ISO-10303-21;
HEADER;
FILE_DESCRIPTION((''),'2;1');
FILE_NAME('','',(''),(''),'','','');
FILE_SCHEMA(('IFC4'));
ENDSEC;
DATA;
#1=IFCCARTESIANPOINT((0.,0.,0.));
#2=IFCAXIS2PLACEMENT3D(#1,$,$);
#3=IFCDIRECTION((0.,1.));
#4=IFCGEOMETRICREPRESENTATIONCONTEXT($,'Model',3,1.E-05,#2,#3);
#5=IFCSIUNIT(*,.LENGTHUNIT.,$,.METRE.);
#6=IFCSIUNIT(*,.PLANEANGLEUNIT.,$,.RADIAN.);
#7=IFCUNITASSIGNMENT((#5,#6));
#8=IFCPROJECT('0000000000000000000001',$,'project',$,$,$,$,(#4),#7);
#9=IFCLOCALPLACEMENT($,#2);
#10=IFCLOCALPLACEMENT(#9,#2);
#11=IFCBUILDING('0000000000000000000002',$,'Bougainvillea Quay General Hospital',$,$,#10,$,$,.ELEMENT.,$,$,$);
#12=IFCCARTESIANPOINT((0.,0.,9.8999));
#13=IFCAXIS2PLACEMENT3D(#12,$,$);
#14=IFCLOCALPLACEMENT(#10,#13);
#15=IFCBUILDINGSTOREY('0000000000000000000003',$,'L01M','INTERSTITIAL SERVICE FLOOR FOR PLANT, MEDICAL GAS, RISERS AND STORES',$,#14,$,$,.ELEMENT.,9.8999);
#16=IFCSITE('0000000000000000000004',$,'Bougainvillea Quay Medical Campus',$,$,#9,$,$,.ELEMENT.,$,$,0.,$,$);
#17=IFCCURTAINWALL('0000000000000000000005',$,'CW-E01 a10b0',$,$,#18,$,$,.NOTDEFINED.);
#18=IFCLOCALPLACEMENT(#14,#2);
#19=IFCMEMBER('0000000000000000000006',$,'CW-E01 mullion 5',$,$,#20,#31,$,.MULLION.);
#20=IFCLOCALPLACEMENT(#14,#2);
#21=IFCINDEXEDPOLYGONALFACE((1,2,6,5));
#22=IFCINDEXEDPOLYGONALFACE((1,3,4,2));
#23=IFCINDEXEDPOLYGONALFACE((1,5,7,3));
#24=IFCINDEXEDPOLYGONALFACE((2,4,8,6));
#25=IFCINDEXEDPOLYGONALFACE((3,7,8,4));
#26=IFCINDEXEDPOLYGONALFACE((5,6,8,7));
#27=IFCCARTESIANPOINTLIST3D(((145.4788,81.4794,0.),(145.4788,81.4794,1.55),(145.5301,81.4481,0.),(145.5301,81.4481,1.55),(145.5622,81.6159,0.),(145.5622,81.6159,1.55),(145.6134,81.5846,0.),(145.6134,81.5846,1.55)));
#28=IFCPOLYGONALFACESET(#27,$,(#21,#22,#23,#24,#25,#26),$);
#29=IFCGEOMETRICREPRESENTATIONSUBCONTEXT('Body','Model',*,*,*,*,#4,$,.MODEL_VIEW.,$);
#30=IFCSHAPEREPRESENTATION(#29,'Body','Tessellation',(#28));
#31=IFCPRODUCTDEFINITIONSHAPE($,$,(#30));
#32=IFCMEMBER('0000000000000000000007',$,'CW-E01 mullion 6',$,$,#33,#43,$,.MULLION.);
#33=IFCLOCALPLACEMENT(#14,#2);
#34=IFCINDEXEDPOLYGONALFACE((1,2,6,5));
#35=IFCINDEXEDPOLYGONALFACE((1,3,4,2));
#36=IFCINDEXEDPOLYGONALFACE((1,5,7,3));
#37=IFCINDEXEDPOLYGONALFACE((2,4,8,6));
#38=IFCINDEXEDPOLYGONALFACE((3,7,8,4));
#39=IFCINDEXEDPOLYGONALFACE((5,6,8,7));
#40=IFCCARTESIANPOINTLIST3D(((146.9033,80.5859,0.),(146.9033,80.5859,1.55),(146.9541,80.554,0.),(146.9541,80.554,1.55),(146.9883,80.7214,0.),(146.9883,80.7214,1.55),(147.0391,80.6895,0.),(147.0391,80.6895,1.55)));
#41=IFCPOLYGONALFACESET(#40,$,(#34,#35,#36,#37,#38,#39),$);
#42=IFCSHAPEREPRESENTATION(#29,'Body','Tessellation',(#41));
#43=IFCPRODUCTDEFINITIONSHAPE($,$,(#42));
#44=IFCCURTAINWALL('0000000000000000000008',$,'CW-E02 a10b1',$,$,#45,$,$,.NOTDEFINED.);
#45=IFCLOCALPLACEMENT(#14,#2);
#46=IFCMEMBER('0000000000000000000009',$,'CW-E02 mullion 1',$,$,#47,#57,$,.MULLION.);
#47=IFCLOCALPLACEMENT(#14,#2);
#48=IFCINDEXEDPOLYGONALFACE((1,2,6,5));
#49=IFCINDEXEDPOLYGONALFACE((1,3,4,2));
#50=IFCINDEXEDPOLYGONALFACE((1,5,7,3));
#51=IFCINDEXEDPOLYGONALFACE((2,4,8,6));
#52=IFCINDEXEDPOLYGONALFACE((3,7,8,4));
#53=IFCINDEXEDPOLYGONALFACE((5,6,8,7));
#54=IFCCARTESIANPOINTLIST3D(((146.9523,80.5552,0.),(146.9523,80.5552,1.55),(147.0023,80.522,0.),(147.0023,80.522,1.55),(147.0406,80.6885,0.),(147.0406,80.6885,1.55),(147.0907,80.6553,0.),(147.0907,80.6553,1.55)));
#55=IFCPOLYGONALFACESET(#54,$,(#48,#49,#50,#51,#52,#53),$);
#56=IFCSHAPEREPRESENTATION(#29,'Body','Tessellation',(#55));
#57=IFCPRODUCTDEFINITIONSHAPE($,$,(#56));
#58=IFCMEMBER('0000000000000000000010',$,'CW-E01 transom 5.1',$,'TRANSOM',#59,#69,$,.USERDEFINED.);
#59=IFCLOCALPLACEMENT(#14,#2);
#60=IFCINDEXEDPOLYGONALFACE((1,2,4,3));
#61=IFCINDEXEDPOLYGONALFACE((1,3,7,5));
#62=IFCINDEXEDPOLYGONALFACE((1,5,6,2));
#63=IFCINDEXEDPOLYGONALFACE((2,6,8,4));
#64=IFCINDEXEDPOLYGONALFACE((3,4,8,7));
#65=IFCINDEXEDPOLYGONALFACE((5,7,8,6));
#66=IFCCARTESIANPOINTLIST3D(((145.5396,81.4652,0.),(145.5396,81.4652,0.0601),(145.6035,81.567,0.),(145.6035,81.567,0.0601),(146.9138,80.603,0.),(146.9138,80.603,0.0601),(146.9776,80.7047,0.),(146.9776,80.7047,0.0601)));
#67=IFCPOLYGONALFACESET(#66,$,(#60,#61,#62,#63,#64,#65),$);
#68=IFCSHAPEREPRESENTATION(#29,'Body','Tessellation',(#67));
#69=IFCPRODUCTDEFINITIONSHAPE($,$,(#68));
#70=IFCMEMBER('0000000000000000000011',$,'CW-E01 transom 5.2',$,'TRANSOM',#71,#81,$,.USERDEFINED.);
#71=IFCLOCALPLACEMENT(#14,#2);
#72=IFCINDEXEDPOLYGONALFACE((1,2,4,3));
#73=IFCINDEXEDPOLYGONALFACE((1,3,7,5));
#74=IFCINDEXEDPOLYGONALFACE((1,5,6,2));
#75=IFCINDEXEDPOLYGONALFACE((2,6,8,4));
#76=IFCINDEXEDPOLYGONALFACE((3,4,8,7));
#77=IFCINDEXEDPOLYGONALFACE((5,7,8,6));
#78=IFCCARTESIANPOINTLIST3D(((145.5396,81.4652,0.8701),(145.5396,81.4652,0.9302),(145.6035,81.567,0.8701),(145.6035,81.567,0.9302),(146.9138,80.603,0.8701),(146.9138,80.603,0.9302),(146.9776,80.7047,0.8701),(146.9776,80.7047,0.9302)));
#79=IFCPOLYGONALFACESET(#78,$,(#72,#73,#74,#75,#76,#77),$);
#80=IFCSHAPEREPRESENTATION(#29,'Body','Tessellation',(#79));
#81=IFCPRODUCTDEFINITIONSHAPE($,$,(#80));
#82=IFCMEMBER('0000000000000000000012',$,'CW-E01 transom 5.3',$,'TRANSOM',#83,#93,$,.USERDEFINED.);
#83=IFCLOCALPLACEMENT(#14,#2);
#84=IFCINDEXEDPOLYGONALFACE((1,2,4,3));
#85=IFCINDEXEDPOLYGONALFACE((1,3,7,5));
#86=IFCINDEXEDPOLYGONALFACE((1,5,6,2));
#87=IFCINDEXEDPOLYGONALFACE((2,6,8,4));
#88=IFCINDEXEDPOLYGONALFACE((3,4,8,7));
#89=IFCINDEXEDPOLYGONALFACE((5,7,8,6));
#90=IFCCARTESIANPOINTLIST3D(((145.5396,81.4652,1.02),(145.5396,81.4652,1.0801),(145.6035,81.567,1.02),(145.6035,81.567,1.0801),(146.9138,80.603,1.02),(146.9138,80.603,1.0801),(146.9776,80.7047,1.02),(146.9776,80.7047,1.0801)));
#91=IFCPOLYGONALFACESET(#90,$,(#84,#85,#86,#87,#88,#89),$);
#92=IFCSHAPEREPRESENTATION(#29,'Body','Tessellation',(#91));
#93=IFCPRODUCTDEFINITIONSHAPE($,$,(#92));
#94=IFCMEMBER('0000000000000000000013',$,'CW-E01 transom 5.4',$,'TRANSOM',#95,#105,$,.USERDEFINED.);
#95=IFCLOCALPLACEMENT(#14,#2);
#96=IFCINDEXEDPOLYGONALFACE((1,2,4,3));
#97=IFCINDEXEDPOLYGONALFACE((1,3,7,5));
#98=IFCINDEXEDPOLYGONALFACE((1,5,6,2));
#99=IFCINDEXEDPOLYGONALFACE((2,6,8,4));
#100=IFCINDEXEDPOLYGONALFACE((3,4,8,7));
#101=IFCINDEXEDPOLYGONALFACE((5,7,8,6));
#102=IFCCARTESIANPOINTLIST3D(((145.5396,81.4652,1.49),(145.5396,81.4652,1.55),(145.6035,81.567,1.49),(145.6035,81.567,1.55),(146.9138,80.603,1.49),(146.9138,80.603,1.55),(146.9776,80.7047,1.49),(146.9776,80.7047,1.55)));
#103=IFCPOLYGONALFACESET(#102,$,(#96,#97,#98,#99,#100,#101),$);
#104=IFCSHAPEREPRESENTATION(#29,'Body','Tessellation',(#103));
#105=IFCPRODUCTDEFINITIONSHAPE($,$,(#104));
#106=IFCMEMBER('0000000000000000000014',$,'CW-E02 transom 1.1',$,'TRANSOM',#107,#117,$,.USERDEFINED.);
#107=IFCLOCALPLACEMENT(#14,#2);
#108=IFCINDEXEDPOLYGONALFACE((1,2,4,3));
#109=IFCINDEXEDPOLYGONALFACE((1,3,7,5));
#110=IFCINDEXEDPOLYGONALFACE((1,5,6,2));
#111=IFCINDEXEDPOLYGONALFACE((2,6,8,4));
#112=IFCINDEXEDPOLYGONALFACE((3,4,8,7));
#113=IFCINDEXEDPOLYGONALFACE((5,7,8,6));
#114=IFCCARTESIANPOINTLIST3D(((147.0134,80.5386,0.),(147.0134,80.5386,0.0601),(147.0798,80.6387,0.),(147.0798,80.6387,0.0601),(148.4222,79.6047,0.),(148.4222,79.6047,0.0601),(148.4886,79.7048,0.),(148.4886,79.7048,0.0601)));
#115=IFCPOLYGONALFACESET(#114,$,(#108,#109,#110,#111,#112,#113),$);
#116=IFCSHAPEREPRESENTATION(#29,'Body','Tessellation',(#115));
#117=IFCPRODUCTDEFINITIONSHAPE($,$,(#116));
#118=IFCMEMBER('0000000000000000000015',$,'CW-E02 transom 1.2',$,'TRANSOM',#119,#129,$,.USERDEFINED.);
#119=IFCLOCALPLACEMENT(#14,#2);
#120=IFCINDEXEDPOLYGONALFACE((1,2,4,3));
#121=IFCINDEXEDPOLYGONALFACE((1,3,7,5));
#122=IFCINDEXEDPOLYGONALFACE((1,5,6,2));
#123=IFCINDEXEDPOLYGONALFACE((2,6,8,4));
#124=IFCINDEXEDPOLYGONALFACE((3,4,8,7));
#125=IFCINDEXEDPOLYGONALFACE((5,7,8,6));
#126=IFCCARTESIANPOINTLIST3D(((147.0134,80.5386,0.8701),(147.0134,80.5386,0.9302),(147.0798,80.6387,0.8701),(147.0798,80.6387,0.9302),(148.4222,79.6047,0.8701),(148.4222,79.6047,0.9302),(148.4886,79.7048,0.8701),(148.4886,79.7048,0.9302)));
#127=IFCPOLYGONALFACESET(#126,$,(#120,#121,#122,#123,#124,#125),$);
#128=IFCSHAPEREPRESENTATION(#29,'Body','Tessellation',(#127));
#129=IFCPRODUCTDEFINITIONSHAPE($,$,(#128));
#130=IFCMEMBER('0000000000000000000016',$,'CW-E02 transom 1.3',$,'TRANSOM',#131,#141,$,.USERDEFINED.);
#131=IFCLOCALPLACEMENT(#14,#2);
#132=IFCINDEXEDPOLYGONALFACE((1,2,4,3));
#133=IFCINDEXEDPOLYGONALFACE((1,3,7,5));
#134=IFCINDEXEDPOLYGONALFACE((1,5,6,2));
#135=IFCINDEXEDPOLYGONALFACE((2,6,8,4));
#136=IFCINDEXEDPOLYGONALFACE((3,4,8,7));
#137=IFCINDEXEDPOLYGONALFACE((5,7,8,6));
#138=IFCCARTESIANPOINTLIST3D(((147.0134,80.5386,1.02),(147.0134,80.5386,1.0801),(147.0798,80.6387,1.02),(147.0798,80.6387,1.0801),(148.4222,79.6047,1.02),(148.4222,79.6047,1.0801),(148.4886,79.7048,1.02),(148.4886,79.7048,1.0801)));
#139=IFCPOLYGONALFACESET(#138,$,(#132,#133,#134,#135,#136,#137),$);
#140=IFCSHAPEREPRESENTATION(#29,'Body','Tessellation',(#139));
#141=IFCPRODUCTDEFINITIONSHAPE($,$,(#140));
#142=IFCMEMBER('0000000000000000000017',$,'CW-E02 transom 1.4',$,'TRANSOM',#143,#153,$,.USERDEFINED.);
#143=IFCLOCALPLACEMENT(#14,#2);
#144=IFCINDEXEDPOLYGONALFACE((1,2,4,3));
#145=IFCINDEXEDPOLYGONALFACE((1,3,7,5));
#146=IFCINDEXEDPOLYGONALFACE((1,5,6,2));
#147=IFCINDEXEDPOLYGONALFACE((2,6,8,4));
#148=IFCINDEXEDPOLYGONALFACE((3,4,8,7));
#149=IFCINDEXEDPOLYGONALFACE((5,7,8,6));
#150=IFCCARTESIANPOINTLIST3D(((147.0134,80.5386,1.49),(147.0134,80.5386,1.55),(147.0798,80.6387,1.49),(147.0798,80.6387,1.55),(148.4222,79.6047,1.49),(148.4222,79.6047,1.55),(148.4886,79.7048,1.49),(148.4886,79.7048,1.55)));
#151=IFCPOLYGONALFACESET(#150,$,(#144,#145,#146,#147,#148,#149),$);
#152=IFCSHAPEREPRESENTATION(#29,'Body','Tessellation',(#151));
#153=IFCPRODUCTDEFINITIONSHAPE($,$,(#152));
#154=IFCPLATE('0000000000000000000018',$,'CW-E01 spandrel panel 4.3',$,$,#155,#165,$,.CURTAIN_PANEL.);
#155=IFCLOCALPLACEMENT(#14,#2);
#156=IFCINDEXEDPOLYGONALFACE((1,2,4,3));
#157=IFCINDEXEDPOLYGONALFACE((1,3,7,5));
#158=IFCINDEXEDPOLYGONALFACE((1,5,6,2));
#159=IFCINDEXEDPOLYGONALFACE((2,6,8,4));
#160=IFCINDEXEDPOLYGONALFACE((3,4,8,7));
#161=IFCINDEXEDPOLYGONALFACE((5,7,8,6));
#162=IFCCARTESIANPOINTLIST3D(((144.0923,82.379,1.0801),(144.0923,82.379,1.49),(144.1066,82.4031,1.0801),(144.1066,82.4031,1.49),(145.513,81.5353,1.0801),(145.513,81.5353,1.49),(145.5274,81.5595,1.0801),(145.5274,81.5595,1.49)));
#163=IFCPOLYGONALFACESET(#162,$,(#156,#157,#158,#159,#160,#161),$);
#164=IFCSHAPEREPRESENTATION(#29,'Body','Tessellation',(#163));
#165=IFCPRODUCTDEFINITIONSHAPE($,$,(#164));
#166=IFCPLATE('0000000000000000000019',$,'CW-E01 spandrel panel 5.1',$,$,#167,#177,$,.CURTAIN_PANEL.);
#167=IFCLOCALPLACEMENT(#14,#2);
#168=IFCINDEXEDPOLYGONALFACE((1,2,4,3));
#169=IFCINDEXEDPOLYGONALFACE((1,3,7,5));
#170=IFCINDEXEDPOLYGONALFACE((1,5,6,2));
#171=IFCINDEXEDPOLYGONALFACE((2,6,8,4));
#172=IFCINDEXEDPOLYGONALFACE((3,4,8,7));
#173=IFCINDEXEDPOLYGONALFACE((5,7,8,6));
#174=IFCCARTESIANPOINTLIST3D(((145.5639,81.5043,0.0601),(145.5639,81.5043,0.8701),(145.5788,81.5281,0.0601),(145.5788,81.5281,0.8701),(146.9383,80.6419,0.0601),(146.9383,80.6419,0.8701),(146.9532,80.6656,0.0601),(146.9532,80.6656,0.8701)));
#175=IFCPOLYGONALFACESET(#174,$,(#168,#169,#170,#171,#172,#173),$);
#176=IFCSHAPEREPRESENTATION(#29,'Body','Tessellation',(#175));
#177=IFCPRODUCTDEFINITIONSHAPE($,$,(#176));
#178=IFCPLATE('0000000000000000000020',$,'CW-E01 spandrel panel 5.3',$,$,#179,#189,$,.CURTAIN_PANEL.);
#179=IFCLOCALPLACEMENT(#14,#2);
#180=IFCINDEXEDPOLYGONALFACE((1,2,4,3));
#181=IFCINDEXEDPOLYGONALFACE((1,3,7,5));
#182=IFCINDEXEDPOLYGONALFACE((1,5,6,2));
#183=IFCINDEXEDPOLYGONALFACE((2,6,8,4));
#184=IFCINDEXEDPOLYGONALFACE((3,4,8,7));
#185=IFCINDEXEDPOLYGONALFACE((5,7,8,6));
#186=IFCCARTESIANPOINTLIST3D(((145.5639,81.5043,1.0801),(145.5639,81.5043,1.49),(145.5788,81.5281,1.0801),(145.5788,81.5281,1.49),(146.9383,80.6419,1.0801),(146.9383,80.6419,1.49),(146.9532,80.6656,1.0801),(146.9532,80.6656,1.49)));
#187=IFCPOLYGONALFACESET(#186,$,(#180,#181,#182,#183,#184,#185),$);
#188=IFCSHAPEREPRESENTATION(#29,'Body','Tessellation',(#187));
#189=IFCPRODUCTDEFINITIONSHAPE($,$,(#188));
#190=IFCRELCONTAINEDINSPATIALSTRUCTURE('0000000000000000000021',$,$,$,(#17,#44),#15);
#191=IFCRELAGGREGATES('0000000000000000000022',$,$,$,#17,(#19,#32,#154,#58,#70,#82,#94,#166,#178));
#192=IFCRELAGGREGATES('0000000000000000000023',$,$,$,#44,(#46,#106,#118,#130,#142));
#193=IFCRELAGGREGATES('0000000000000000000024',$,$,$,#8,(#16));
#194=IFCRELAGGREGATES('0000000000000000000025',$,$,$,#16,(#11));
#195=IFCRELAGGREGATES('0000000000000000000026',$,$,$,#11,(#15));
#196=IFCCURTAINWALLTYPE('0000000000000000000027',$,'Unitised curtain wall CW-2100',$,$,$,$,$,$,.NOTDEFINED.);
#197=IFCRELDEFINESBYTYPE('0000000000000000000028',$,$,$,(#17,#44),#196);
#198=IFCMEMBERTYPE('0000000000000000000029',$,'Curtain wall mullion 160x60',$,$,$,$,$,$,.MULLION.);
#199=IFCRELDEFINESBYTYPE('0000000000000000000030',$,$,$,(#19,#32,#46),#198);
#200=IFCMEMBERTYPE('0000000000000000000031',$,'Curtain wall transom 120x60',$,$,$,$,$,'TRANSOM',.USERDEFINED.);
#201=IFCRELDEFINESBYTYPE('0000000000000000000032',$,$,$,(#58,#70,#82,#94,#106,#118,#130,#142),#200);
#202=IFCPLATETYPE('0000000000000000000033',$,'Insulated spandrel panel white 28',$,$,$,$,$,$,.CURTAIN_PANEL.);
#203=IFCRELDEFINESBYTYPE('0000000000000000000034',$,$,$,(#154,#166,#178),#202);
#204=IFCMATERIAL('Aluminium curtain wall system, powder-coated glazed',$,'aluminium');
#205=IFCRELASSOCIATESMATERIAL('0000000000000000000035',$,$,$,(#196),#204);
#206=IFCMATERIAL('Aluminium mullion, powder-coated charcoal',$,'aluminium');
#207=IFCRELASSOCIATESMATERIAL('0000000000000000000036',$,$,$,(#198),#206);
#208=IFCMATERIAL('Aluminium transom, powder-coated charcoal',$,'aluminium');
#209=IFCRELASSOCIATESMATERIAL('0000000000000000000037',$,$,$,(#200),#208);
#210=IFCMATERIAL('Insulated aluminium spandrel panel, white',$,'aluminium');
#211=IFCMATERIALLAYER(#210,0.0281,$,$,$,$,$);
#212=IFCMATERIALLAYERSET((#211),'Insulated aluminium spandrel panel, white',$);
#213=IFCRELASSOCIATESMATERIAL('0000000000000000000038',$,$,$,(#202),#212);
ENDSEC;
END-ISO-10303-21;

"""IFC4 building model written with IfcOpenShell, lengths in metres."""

from ifc_helpers import new_model, si_unit, direction, frame, origin, origin_2d, place, context, subcontext, project, spatial, rectangle, extrude, material, layer, layer_set, material_profile, profile_set, type_object, element, aggregate, save


model = new_model("IFC4")

# Units and contexts
model_context = context("Model", 3, precision=1e-05, world=origin(), true_north=direction((0.0, 1.0)))
body_context = subcontext(model_context, "Body", "Model", "MODEL_VIEW")
ifc_project = project(units=[si_unit("LENGTHUNIT", "METRE"), si_unit("PLANEANGLEUNIT", "RADIAN")], contexts=[model_context])

# Site, building, storey
site_placement = place(None, origin())
site = spatial("IfcSite", under=ifc_project, at=site_placement, Name="Bougainvillea Quay Medical Campus", CompositionType="ELEMENT", RefElevation=0.0)
building_placement = place(site_placement, origin())
building = spatial("IfcBuilding", under=site, at=building_placement, Name="Bougainvillea Quay General Hospital", CompositionType="ELEMENT")
storey_placement = place(building_placement, frame((0.0, 0.0, 9.8999)))
storey = spatial("IfcBuildingStorey", under=building, at=storey_placement, Name="L01M", Description="INTERSTITIAL SERVICE FLOOR FOR PLANT, MEDICAL GAS, RISERS AND STORES", CompositionType="ELEMENT", Elevation=9.8999)

# Curtain wall, members
ifc_material_1 = material(Name="Aluminium curtain wall system, powder-coated glazed", Category="aluminium")
curtain_wall_type = type_object("IfcCurtainWallType", Name="Unitised curtain wall CW-2100", PredefinedType="NOTDEFINED", material=ifc_material_1)
curtain_wall_1_placement = place(storey_placement, origin())
curtain_wall_1 = element("IfcCurtainWall", 1, at=curtain_wall_1_placement, inside=storey, type_object=curtain_wall_type, Name="CW-E01 a10b0", PredefinedType="NOTDEFINED")
ifc_material_2 = material(Name="Aluminium mullion, powder-coated charcoal", Category="aluminium")
ifc_material_profile_1 = material_profile(ifc_material_2, rectangle(XDim=0.1599, YDim=0.0601, at=origin_2d()))
ifc_profile_set_1 = profile_set([ifc_material_profile_1], Name="Aluminium mullion, powder-coated charcoal")
member_type_1 = type_object("IfcMemberType", Name="Curtain wall mullion 160x60", PredefinedType="MULLION", material=ifc_profile_set_1)
member_1_placement = place(storey_placement, frame((145.5461, 81.532, 0.0), z_axis=(0.0, 0.0, 1.0), x_axis=(0.521088, 0.853503, 0.0)))
member_1 = element("IfcMember", 2, at=member_1_placement, type_object=member_type_1, Name="CW-E01 mullion 5", PredefinedType="MULLION", context=body_context, shape_type="SweptSolid", body=[
    extrude(rectangle(XDim=0.1599, YDim=0.0601, at=origin_2d()), origin(), (0.0, 0.0, 1.0), 1.55),
])
member_2_placement = place(storey_placement, frame((146.9712, 80.6377, 0.0), z_axis=(0.0, 0.0, 1.0), x_axis=(0.531526, 0.847042, 0.0)))
member_2 = element("IfcMember", 3, at=member_2_placement, type_object=member_type_1, Name="CW-E01 mullion 6", PredefinedType="MULLION", context=body_context, shape_type="SweptSolid", body=[
    extrude(rectangle(XDim=0.1599, YDim=0.0601, at=origin_2d()), origin(), (0.0, 0.0, 1.0), 1.55),
])

# Curtain wall, member
curtain_wall_2_placement = place(storey_placement, origin())
curtain_wall_2 = element("IfcCurtainWall", 4, at=curtain_wall_2_placement, inside=storey, type_object=curtain_wall_type, Name="CW-E02 a10b1", PredefinedType="NOTDEFINED")
member_3_placement = place(storey_placement, frame((147.0215, 80.6052, 0.0), z_axis=(0.0, 0.0, 1.0), x_axis=(0.552566, 0.833469, 0.0)))
member_3 = element("IfcMember", 5, at=member_3_placement, type_object=member_type_1, Name="CW-E02 mullion 1", PredefinedType="MULLION", context=body_context, shape_type="SweptSolid", body=[
    extrude(rectangle(XDim=0.1599, YDim=0.0601, at=origin_2d()), origin(), (0.0, 0.0, 1.0), 1.55),
])

# Members
ifc_material_3 = material(Name="Aluminium transom, powder-coated charcoal", Category="aluminium")
ifc_material_profile_2 = material_profile(ifc_material_3, rectangle(XDim=0.1201, YDim=0.0601, at=origin_2d()))
ifc_profile_set_2 = profile_set([ifc_material_profile_2], Name="Aluminium transom, powder-coated charcoal")
member_type_2 = type_object("IfcMemberType", Name="Curtain wall transom 120x60", ElementType="TRANSOM", PredefinedType="USERDEFINED", material=ifc_profile_set_2)
member_4_placement = place(storey_placement, frame((145.5715, 81.5161, 0.03), z_axis=(0.847059, -0.5315, 0.0), x_axis=(0.5315, 0.847059, 0.0)))
member_4 = element("IfcMember", 6, at=member_4_placement, type_object=member_type_2, Name="CW-E01 transom 5.1", ObjectType="TRANSOM", PredefinedType="USERDEFINED", context=body_context, shape_type="SweptSolid", body=[
    extrude(rectangle(XDim=0.1201, YDim=0.0601, at=origin_2d()), origin(), (0.0, 0.0, 1.0), 1.6223),
])
member_5_placement = place(storey_placement, frame((145.5715, 81.5161, 0.9001), z_axis=(0.847059, -0.5315, 0.0), x_axis=(0.5315, 0.847059, 0.0)))
member_5 = element("IfcMember", 7, at=member_5_placement, type_object=member_type_2, Name="CW-E01 transom 5.2", ObjectType="TRANSOM", PredefinedType="USERDEFINED", context=body_context, shape_type="SweptSolid", body=[
    extrude(rectangle(XDim=0.1201, YDim=0.0601, at=origin_2d()), origin(), (0.0, 0.0, 1.0), 1.6223),
])
member_6_placement = place(storey_placement, frame((145.5715, 81.5161, 1.05), z_axis=(0.847059, -0.5315, 0.0), x_axis=(0.5315, 0.847059, 0.0)))
member_6 = element("IfcMember", 8, at=member_6_placement, type_object=member_type_2, Name="CW-E01 transom 5.3", ObjectType="TRANSOM", PredefinedType="USERDEFINED", context=body_context, shape_type="SweptSolid", body=[
    extrude(rectangle(XDim=0.1201, YDim=0.0601, at=origin_2d()), origin(), (0.0, 0.0, 1.0), 1.6223),
])
member_7_placement = place(storey_placement, frame((145.5715, 81.5161, 1.52), z_axis=(0.847059, -0.5315, 0.0), x_axis=(0.5315, 0.847059, 0.0)))
member_7 = element("IfcMember", 9, at=member_7_placement, type_object=member_type_2, Name="CW-E01 transom 5.4", ObjectType="TRANSOM", PredefinedType="USERDEFINED", context=body_context, shape_type="SweptSolid", body=[
    extrude(rectangle(XDim=0.1201, YDim=0.0601, at=origin_2d()), origin(), (0.0, 0.0, 1.0), 1.6223),
])
member_8_placement = place(storey_placement, frame((147.0466, 80.5886, 0.03), z_axis=(0.833492, -0.552532, 0.0), x_axis=(0.552532, 0.833492, 0.0)))
member_8 = element("IfcMember", 10, at=member_8_placement, type_object=member_type_2, Name="CW-E02 transom 1.1", ObjectType="TRANSOM", PredefinedType="USERDEFINED", context=body_context, shape_type="SweptSolid", body=[
    extrude(rectangle(XDim=0.1201, YDim=0.0601, at=origin_2d()), origin(), (0.0, 0.0, 1.0), 1.6902),
])
member_9_placement = place(storey_placement, frame((147.0466, 80.5886, 0.9001), z_axis=(0.833492, -0.552532, 0.0), x_axis=(0.552532, 0.833492, 0.0)))
member_9 = element("IfcMember", 11, at=member_9_placement, type_object=member_type_2, Name="CW-E02 transom 1.2", ObjectType="TRANSOM", PredefinedType="USERDEFINED", context=body_context, shape_type="SweptSolid", body=[
    extrude(rectangle(XDim=0.1201, YDim=0.0601, at=origin_2d()), origin(), (0.0, 0.0, 1.0), 1.6902),
])
member_10_placement = place(storey_placement, frame((147.0466, 80.5886, 1.05), z_axis=(0.833492, -0.552532, 0.0), x_axis=(0.552532, 0.833492, 0.0)))
member_10 = element("IfcMember", 12, at=member_10_placement, type_object=member_type_2, Name="CW-E02 transom 1.3", ObjectType="TRANSOM", PredefinedType="USERDEFINED", context=body_context, shape_type="SweptSolid", body=[
    extrude(rectangle(XDim=0.1201, YDim=0.0601, at=origin_2d()), origin(), (0.0, 0.0, 1.0), 1.6902),
])
member_11_placement = place(storey_placement, frame((147.0466, 80.5886, 1.52), z_axis=(0.833492, -0.552532, 0.0), x_axis=(0.552532, 0.833492, 0.0)))
member_11 = element("IfcMember", 13, at=member_11_placement, type_object=member_type_2, Name="CW-E02 transom 1.4", ObjectType="TRANSOM", PredefinedType="USERDEFINED", context=body_context, shape_type="SweptSolid", body=[
    extrude(rectangle(XDim=0.1201, YDim=0.0601, at=origin_2d()), origin(), (0.0, 0.0, 1.0), 1.6902),
])

# Plates
ifc_material_4 = material(Name="Insulated aluminium spandrel panel, white", Category="aluminium")
ifc_layer_1 = layer(ifc_material_4, 0.0281)
ifc_layer_set_1 = layer_set([ifc_layer_1], Name="Insulated aluminium spandrel panel, white")
plate_type_1 = type_object("IfcPlateType", Name="Insulated spandrel panel white 28", PredefinedType="CURTAIN_PANEL", material=ifc_layer_set_1)
plate_1_placement = place(storey_placement, frame((144.8098, 81.9692, 1.0801), z_axis=(0.0, 0.0, 1.0), x_axis=(0.859835, -0.510572, 0.0)))
plate_1 = element("IfcPlate", 14, at=plate_1_placement, type_object=plate_type_1, Name="CW-E01 spandrel panel 4.3", PredefinedType="CURTAIN_PANEL", context=body_context, shape_type="SweptSolid", body=[
    extrude(rectangle(XDim=1.6523, YDim=0.0281, at=origin_2d()), origin(), (0.0, 0.0, 1.0), 0.4099),
])
plate_2_placement = place(storey_placement, frame((146.2585, 81.085, 0.0601), z_axis=(0.0, 0.0, 1.0), x_axis=(0.847042, -0.531526, 0.0)))
plate_2 = element("IfcPlate", 15, at=plate_2_placement, type_object=plate_type_1, Name="CW-E01 spandrel panel 5.1", PredefinedType="CURTAIN_PANEL", context=body_context, shape_type="SweptSolid", body=[
    extrude(rectangle(XDim=1.6226, YDim=0.0281, at=origin_2d()), origin(), (0.0, 0.0, 1.0), 0.8101),
])
plate_3_placement = place(storey_placement, frame((146.2585, 81.085, 1.0801), z_axis=(0.0, 0.0, 1.0), x_axis=(0.847042, -0.531526, 0.0)))
plate_3 = element("IfcPlate", 16, at=plate_3_placement, type_object=plate_type_1, Name="CW-E01 spandrel panel 5.3", PredefinedType="CURTAIN_PANEL", context=body_context, shape_type="SweptSolid", body=[
    extrude(rectangle(XDim=1.6226, YDim=0.0281, at=origin_2d()), origin(), (0.0, 0.0, 1.0), 0.4099),
])
aggregate(curtain_wall_1, [member_1, member_2, plate_1, member_4, member_5, member_6, member_7, plate_2, plate_3])
aggregate(curtain_wall_2, [member_3, member_8, member_9, member_10, member_11])

save(model, "model.ifc")
